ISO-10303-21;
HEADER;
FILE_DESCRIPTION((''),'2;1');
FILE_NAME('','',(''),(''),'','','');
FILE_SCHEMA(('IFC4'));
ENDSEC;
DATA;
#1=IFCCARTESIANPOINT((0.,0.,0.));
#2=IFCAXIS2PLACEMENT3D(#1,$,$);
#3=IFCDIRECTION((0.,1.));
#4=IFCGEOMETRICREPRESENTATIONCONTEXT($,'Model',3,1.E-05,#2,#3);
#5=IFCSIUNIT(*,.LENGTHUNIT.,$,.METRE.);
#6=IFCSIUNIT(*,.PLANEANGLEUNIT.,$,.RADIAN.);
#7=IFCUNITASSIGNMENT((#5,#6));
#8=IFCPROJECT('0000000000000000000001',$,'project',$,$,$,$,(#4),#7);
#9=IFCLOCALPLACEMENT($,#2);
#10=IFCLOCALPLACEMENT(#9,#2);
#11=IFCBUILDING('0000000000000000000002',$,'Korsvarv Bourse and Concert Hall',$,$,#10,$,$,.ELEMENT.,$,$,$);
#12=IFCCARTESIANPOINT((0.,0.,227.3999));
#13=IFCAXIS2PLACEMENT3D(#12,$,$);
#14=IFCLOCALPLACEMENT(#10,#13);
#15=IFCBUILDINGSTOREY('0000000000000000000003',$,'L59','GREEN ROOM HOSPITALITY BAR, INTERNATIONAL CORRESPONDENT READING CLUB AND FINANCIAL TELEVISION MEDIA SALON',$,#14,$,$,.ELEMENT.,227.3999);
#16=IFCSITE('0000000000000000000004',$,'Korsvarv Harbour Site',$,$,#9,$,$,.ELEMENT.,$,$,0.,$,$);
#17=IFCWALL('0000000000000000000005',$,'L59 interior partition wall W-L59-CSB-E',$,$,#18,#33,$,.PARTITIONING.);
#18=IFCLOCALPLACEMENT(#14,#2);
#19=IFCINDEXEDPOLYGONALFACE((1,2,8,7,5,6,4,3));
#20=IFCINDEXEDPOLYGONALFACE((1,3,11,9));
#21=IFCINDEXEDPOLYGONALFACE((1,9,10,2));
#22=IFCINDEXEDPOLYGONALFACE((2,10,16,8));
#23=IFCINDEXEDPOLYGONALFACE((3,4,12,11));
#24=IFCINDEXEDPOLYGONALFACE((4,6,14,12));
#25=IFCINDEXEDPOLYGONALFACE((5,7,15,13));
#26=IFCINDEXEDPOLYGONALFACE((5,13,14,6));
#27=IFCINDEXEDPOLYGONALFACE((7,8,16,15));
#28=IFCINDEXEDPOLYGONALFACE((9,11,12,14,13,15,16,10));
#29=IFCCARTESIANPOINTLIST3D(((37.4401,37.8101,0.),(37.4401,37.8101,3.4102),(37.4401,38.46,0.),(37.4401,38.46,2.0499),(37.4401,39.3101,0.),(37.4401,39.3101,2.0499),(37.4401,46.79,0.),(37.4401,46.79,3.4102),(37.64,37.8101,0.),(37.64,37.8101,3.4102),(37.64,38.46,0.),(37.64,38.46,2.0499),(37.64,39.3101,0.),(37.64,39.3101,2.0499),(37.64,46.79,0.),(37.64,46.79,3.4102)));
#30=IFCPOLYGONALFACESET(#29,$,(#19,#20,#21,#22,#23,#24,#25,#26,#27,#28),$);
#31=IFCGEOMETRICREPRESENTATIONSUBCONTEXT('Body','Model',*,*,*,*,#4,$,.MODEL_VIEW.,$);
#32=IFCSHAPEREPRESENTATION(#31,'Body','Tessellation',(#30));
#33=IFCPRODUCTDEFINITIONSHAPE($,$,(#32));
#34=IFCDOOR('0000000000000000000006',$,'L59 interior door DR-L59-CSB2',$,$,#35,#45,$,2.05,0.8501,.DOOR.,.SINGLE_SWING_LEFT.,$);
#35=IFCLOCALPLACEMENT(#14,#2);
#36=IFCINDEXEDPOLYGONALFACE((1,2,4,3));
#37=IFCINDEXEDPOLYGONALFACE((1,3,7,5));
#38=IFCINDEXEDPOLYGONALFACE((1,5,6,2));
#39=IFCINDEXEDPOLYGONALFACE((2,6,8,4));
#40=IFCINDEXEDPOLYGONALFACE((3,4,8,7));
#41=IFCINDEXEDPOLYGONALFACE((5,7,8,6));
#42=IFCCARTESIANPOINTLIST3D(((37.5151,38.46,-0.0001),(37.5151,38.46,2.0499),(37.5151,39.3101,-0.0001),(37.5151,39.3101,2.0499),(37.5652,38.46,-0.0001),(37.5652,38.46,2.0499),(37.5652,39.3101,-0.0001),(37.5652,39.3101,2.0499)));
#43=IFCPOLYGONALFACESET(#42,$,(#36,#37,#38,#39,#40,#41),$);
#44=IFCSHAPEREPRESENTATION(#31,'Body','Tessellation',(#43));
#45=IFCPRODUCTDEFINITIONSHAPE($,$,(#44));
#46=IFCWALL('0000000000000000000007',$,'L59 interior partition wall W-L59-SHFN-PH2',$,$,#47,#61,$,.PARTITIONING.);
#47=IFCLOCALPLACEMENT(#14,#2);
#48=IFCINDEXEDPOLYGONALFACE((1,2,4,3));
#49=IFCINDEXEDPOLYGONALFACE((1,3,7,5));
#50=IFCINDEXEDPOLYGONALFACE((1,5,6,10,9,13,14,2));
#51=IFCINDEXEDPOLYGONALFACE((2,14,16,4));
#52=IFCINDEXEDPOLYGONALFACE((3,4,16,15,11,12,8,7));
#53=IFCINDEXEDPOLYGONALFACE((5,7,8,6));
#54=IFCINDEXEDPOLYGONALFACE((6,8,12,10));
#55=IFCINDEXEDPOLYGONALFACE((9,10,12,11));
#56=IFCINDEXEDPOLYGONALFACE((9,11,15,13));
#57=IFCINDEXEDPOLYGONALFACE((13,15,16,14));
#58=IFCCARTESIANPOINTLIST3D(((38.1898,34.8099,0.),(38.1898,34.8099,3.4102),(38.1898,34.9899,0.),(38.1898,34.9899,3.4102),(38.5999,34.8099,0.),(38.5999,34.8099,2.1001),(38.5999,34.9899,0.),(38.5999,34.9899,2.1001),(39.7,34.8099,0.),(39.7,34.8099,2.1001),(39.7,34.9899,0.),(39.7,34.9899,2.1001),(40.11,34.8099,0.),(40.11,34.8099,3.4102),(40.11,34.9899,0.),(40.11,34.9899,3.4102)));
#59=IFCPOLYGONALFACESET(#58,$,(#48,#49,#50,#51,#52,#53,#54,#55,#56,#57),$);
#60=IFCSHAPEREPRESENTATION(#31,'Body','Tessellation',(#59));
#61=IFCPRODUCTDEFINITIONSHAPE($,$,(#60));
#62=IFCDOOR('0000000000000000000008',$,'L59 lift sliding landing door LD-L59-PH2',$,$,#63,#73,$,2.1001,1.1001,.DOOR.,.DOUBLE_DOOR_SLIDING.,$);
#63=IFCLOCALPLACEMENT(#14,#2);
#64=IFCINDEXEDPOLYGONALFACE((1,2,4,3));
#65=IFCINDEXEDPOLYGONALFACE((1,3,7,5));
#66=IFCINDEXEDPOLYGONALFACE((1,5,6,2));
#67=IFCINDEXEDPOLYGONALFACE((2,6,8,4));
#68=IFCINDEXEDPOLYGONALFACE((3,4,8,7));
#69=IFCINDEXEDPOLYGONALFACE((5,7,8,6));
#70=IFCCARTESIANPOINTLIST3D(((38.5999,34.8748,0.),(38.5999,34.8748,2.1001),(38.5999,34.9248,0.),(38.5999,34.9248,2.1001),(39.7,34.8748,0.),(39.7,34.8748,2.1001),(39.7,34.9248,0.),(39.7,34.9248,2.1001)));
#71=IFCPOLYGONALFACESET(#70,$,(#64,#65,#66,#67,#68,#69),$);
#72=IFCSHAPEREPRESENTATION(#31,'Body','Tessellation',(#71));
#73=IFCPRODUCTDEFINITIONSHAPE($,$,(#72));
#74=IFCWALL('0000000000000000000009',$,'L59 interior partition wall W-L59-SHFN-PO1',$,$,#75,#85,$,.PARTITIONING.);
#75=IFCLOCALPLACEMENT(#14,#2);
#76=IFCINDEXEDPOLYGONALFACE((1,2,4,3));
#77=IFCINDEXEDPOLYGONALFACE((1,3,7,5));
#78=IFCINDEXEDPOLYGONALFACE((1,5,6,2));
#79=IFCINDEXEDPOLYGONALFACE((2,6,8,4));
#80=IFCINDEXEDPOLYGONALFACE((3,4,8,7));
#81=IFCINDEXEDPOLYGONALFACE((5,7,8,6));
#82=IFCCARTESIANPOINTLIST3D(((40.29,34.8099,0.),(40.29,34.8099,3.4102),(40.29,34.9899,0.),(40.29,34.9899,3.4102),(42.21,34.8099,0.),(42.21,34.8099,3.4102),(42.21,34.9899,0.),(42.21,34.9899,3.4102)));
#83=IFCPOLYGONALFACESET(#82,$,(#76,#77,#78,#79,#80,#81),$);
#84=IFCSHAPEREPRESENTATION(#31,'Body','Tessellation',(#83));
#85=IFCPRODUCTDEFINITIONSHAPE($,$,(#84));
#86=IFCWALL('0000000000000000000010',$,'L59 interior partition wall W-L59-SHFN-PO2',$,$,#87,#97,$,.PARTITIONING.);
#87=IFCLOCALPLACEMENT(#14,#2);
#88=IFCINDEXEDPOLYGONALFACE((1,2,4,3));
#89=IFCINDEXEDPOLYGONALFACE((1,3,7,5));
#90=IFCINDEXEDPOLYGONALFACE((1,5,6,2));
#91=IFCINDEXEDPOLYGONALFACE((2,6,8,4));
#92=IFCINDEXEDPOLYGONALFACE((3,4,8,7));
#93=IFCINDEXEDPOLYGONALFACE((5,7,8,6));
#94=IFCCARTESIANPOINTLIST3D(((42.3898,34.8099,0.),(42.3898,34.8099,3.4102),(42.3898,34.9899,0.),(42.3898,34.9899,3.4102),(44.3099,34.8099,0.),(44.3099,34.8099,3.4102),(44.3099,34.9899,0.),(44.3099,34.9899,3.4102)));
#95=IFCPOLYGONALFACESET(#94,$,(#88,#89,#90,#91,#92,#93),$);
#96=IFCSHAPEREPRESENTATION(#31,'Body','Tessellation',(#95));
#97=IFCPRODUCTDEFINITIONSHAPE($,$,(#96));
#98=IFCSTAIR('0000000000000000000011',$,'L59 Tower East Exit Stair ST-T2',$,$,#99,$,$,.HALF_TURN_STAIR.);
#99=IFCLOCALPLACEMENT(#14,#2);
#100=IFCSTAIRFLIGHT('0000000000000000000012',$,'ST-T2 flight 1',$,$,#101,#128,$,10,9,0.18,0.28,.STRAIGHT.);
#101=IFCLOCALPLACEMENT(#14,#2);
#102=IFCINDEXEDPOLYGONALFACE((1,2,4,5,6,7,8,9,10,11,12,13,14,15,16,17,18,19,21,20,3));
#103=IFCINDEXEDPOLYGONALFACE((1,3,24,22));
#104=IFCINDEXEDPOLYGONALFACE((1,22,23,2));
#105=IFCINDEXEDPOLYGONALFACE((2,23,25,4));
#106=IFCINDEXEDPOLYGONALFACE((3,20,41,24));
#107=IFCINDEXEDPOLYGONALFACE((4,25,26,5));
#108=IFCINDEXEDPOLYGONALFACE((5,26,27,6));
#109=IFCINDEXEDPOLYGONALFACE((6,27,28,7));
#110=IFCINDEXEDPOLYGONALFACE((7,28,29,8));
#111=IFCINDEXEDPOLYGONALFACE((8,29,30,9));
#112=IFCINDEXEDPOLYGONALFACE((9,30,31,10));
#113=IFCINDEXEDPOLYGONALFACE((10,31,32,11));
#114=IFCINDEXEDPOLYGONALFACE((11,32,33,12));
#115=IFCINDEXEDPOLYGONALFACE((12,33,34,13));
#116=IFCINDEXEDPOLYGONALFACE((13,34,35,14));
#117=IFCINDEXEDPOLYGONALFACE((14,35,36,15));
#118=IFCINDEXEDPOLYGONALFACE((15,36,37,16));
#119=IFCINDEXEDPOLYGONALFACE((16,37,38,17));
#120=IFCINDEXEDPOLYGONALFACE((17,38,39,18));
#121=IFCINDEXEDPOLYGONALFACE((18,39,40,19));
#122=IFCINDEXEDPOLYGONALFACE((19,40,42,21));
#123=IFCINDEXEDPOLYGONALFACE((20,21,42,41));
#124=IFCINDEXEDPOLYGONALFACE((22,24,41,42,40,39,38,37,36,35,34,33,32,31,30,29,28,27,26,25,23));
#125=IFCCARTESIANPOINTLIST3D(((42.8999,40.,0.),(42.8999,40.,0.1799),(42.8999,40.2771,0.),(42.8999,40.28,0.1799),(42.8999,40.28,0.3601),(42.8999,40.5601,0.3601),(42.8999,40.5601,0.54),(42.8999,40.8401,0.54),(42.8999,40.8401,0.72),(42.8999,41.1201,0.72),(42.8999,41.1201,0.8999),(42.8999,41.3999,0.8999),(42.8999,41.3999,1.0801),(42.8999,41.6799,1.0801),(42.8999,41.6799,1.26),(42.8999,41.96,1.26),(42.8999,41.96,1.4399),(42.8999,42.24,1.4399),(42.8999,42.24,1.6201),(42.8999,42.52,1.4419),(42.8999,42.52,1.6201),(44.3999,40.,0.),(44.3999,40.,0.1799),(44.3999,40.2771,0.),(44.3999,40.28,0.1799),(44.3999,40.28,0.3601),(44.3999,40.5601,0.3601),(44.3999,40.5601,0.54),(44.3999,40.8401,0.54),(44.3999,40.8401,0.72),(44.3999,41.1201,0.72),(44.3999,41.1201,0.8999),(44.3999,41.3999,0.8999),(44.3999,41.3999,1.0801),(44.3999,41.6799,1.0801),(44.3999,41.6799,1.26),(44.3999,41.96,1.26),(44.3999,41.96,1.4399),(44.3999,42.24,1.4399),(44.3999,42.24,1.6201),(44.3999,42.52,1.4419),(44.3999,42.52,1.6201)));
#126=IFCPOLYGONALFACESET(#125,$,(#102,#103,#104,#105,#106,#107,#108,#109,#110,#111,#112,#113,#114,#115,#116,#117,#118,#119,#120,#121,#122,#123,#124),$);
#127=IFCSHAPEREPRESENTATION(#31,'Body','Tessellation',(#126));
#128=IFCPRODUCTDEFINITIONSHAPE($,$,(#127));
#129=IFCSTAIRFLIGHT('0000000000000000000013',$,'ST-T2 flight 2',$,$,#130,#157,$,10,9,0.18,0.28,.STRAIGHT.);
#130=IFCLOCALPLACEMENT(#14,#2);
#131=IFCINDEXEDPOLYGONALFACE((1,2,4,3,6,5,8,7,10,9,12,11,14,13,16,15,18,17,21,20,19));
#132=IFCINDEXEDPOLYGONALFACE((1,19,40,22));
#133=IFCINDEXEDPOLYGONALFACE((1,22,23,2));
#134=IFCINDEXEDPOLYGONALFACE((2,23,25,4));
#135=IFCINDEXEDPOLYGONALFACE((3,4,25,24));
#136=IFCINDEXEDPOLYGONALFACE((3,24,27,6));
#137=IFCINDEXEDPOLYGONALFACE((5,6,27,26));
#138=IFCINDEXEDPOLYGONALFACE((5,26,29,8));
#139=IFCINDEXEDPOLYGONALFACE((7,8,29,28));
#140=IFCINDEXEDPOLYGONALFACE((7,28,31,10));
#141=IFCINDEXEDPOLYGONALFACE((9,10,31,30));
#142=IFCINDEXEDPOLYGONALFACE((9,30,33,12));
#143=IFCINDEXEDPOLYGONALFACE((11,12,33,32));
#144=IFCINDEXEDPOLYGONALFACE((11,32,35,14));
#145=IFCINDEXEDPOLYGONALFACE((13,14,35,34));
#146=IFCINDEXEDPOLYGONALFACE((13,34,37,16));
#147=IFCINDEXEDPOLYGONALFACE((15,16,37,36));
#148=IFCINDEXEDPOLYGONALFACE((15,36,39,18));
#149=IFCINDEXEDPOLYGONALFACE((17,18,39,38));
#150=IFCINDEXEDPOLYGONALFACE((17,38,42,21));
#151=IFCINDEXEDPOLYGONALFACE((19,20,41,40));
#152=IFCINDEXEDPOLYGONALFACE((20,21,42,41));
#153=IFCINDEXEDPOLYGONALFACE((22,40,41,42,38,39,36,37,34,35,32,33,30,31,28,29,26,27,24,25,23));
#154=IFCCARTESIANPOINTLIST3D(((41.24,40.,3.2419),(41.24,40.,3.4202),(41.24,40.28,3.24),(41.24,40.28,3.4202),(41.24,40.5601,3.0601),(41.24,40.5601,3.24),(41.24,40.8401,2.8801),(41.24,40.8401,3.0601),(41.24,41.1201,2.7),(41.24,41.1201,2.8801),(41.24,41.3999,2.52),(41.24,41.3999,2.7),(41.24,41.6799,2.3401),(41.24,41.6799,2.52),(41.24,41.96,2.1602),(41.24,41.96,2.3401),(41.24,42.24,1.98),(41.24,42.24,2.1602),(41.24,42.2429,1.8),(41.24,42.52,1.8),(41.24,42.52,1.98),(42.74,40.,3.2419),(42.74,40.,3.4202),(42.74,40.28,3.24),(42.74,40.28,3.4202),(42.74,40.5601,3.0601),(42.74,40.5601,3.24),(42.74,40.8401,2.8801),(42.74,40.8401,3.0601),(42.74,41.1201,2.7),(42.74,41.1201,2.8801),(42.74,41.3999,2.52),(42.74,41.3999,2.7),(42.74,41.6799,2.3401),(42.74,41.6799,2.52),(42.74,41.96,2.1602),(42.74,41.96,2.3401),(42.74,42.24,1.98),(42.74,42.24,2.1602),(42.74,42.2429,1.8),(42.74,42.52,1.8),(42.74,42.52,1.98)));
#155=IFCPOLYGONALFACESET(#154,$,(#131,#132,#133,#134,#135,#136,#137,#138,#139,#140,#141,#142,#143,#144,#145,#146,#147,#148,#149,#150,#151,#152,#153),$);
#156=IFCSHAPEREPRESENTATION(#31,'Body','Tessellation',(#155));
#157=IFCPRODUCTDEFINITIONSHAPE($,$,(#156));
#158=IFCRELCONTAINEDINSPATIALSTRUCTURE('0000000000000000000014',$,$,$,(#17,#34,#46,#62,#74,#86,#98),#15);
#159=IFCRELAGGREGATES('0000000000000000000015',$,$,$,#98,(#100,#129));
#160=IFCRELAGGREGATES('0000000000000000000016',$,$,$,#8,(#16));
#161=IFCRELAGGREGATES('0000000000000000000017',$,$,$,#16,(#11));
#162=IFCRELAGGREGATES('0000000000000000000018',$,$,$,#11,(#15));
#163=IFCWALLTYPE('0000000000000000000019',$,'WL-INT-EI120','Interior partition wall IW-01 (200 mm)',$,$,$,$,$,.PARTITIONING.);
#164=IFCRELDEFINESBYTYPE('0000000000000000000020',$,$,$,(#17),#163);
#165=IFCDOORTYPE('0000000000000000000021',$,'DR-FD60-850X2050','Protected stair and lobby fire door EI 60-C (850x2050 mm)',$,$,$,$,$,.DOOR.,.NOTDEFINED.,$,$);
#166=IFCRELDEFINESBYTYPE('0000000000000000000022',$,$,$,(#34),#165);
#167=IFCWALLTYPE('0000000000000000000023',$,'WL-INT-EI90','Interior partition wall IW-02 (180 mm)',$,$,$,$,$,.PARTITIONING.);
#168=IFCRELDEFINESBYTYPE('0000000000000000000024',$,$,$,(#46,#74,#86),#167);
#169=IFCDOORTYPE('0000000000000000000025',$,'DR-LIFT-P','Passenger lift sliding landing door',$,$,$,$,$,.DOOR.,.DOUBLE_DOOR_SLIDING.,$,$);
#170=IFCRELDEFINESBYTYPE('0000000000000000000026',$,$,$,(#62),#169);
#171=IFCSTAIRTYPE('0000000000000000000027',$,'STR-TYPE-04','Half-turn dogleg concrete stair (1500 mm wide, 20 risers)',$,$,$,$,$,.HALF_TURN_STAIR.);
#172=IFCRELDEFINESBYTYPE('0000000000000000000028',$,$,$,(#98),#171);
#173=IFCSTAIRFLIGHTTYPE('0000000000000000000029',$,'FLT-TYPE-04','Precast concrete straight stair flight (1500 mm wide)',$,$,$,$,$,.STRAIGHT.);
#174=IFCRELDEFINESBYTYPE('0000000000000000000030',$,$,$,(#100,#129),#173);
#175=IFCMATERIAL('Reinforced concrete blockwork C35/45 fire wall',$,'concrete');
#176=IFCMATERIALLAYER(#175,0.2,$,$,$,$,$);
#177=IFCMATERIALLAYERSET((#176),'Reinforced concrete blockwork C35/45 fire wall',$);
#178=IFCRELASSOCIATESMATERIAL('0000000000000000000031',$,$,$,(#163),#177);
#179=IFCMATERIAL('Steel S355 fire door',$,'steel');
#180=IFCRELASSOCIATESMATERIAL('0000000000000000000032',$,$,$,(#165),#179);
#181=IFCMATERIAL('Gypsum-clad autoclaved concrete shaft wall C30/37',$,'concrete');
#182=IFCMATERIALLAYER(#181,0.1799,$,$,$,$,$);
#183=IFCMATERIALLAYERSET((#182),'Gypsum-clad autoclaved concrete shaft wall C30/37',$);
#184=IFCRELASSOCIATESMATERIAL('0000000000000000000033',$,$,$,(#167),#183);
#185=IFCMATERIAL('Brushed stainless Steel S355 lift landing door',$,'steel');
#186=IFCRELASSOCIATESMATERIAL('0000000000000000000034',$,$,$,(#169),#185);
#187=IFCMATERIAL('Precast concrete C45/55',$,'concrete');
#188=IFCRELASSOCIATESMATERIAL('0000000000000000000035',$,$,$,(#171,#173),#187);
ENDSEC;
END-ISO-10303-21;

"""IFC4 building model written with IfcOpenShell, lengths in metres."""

from ifc_helpers import new_model, si_unit, direction, frame, frame_2d, origin, place, context, subcontext, project, spatial, polyline, rectangle, outline, extrude, material, layer, layer_set, type_object, element, fill, aggregate, save


model = new_model("IFC4")

# Units and contexts
model_context = context("Model", 3, precision=1e-05, world=origin(), true_north=direction((0.0, 1.0)))
body_context = subcontext(model_context, "Body", "Model", "MODEL_VIEW")
ifc_project = project(units=[si_unit("LENGTHUNIT", "METRE"), si_unit("PLANEANGLEUNIT", "RADIAN")], contexts=[model_context])

# Site, building, storey
site_placement = place(None, origin())
site = spatial("IfcSite", under=ifc_project, at=site_placement, Name="Korsvarv Harbour Site", CompositionType="ELEMENT", RefElevation=0.0)
building_placement = place(site_placement, origin())
building = spatial("IfcBuilding", under=site, at=building_placement, Name="Korsvarv Bourse and Concert Hall", CompositionType="ELEMENT")
storey_placement = place(building_placement, frame((0.0, 0.0, 227.3999)))
storey = spatial("IfcBuildingStorey", under=building, at=storey_placement, Name="L59", Description="GREEN ROOM HOSPITALITY BAR, INTERNATIONAL CORRESPONDENT READING CLUB AND FINANCIAL TELEVISION MEDIA SALON", CompositionType="ELEMENT", Elevation=227.3999)

# Shared definitions
ifc_material_1 = material(Name="Steel S355 fire door", Category="steel")

# Walls, openings, doors
ifc_material_2 = material(Name="Reinforced concrete blockwork C35/45 fire wall", Category="concrete")
ifc_layer_1 = layer(ifc_material_2, 0.2)
ifc_layer_set_1 = layer_set([ifc_layer_1], Name="Reinforced concrete blockwork C35/45 fire wall")
wall_type_1 = type_object("IfcWallType", Name="WL-INT-EI120", Description="Interior partition wall IW-01 (200 mm)", PredefinedType="PARTITIONING", material=ifc_layer_set_1)
wall_1_placement = place(storey_placement, frame((37.54, 37.8101, 0.0), z_axis=(0.0, 0.0, 1.0), x_axis=(0.0, 1.0, 0.0)))
wall_1 = element("IfcWall", 1, at=wall_1_placement, inside=storey, type_object=wall_type_1, Name="L59 interior partition wall W-L59-CSB-E", PredefinedType="PARTITIONING", context=body_context, shape_type="SweptSolid", body=[
    extrude(rectangle(XDim=8.98, YDim=0.2, at=frame_2d((4.49, 0.0))), origin(), (0.0, 0.0, 1.0), 3.4102),
])
opening_1_placement = place(wall_1_placement, frame((0.6499, 0.0, 0.0)))
opening_1 = element("IfcOpeningElement", 2, at=opening_1_placement, cuts=wall_1, PredefinedType="OPENING", context=body_context, shape_type="SweptSolid", body=[
    extrude(rectangle(XDim=0.8501, YDim=2.05, at=frame_2d((0.425, 1.0249))), frame((0.0, 0.1099, 0.0), z_axis=(0.0, -1.0, 0.0), x_axis=(1.0, 0.0, 0.0)), (0.0, 0.0, 1.0), 0.22),
])
door_type_1 = type_object("IfcDoorType", Name="DR-FD60-850X2050", Description="Protected stair and lobby fire door EI 60-C (850x2050 mm)", OperationType="NOTDEFINED", PredefinedType="DOOR", material=ifc_material_1)
door_1_placement = place(opening_1_placement, origin())
door_1 = element("IfcDoor", 3, at=door_1_placement, inside=storey, type_object=door_type_1, Name="L59 interior door DR-L59-CSB2", OperationType="SINGLE_SWING_LEFT", OverallHeight=2.05, OverallWidth=0.8501, PredefinedType="DOOR", context=body_context, shape_type="SweptSolid", body=[
    extrude(rectangle(XDim=0.8501, YDim=2.05, at=frame_2d((0.425, 1.0249))), frame((0.0, 0.0249, 0.0), z_axis=(0.0, -1.0, 0.0), x_axis=(1.0, 0.0, 0.0)), (0.0, 0.0, 1.0), 0.05),
])
fill(opening_1, door_1)
ifc_material_3 = material(Name="Gypsum-clad autoclaved concrete shaft wall C30/37", Category="concrete")
ifc_layer_2 = layer(ifc_material_3, 0.1799)
ifc_layer_set_2 = layer_set([ifc_layer_2], Name="Gypsum-clad autoclaved concrete shaft wall C30/37")
wall_type_2 = type_object("IfcWallType", Name="WL-INT-EI90", Description="Interior partition wall IW-02 (180 mm)", PredefinedType="PARTITIONING", material=ifc_layer_set_2)
wall_2_placement = place(storey_placement, frame((38.1899, 34.8999, 0.0), z_axis=(0.0, 0.0, 1.0), x_axis=(1.0, 0.0, 0.0)))
wall_2 = element("IfcWall", 4, at=wall_2_placement, inside=storey, type_object=wall_type_2, Name="L59 interior partition wall W-L59-SHFN-PH2", PredefinedType="PARTITIONING", context=body_context, shape_type="SweptSolid", body=[
    extrude(rectangle(XDim=1.9202, YDim=0.1799, at=frame_2d((0.96, 0.0))), origin(), (0.0, 0.0, 1.0), 3.4102),
])
opening_2_placement = place(wall_2_placement, frame((0.4099, 0.0, 0.0)))
opening_2 = element("IfcOpeningElement", 5, at=opening_2_placement, cuts=wall_2, PredefinedType="OPENING", context=body_context, shape_type="SweptSolid", body=[
    extrude(rectangle(XDim=1.1001, YDim=2.1001, at=frame_2d((0.55, 1.05))), frame((0.0, 0.1001, 0.0), z_axis=(0.0, -1.0, 0.0), x_axis=(1.0, 0.0, 0.0)), (0.0, 0.0, 1.0), 0.2),
])
ifc_material_4 = material(Name="Brushed stainless Steel S355 lift landing door", Category="steel")
door_type_2 = type_object("IfcDoorType", Name="DR-LIFT-P", Description="Passenger lift sliding landing door", OperationType="DOUBLE_DOOR_SLIDING", PredefinedType="DOOR", material=ifc_material_4)
door_2_placement = place(opening_2_placement, origin())
door_2 = element("IfcDoor", 6, at=door_2_placement, inside=storey, type_object=door_type_2, Name="L59 lift sliding landing door LD-L59-PH2", OperationType="DOUBLE_DOOR_SLIDING", OverallHeight=2.1001, OverallWidth=1.1001, PredefinedType="DOOR", context=body_context, shape_type="SweptSolid", body=[
    extrude(rectangle(XDim=1.1001, YDim=2.1001, at=frame_2d((0.55, 1.05))), frame((0.0, 0.0249, 0.0), z_axis=(0.0, -1.0, 0.0), x_axis=(1.0, 0.0, 0.0)), (0.0, 0.0, 1.0), 0.05),
])
fill(opening_2, door_2)

# Walls
wall_3_placement = place(storey_placement, frame((40.29, 34.8999, 0.0), z_axis=(0.0, 0.0, 1.0), x_axis=(1.0, 0.0, 0.0)))
element("IfcWall", 7, at=wall_3_placement, inside=storey, type_object=wall_type_2, Name="L59 interior partition wall W-L59-SHFN-PO1", PredefinedType="PARTITIONING", context=body_context, shape_type="SweptSolid", body=[
    extrude(rectangle(XDim=1.9199, YDim=0.1799, at=frame_2d((0.96, 0.0))), origin(), (0.0, 0.0, 1.0), 3.4102),
])
wall_4_placement = place(storey_placement, frame((42.3899, 34.8999, 0.0), z_axis=(0.0, 0.0, 1.0), x_axis=(1.0, 0.0, 0.0)))
element("IfcWall", 8, at=wall_4_placement, inside=storey, type_object=wall_type_2, Name="L59 interior partition wall W-L59-SHFN-PO2", PredefinedType="PARTITIONING", context=body_context, shape_type="SweptSolid", body=[
    extrude(rectangle(XDim=1.9202, YDim=0.1799, at=frame_2d((0.96, 0.0))), origin(), (0.0, 0.0, 1.0), 3.4102),
])

# Stair, stair flights
ifc_material_5 = material(Name="Precast concrete C45/55", Category="concrete")
stair_type = type_object("IfcStairType", Name="STR-TYPE-04", Description="Half-turn dogleg concrete stair (1500 mm wide, 20 risers)", PredefinedType="HALF_TURN_STAIR", material=ifc_material_5)
stair_placement = place(storey_placement, origin())
stair = element("IfcStair", 9, at=stair_placement, inside=storey, type_object=stair_type, Name="L59 Tower East Exit Stair ST-T2", PredefinedType="HALF_TURN_STAIR")
stair_flight_type = type_object("IfcStairFlightType", Name="FLT-TYPE-04", Description="Precast concrete straight stair flight (1500 mm wide)", PredefinedType="STRAIGHT", material=ifc_material_5)
stair_flight_1_placement = place(storey_placement, frame((43.6499, 40.0, 0.0), z_axis=(0.0, 0.0, 1.0), x_axis=(0.0, 1.0, 0.0)))
stair_flight_1 = element("IfcStairFlight", 10, at=stair_flight_1_placement, type_object=stair_flight_type, Name="ST-T2 flight 1", NumberOfRisers=10, NumberOfTreads=9, PredefinedType="STRAIGHT", RiserHeight=0.18, TreadLength=0.28, context=body_context, shape_type="SweptSolid", body=[
    extrude(outline(polyline([(0.0, 0.0), (0.0, 0.1799), (0.28, 0.1799), (0.28, 0.3601), (0.5601, 0.3601), (0.5601, 0.54), (0.8401, 0.54), (0.8401, 0.72), (1.1201, 0.72), (1.1201, 0.8999), (1.3999, 0.8999), (1.3999, 1.0801), (1.6799, 1.0801), (1.6799, 1.26), (1.96, 1.26), (1.96, 1.4399), (2.24, 1.4399), (2.24, 1.6201), (2.52, 1.6201), (2.52, 1.8), (2.52, 1.4419), (0.2771, 0.0), (0.0, 0.0)])), frame((0.0, 0.75, 0.0), z_axis=(0.0, -1.0, 0.0), x_axis=(1.0, 0.0, 0.0)), (0.0, 0.0, 1.0), 1.5),
])
stair_flight_2_placement = place(storey_placement, frame((41.99, 42.52, 1.8), z_axis=(0.0, 0.0, 1.0), x_axis=(0.0, -1.0, 0.0)))
stair_flight_2 = element("IfcStairFlight", 11, at=stair_flight_2_placement, type_object=stair_flight_type, Name="ST-T2 flight 2", NumberOfRisers=10, NumberOfTreads=9, PredefinedType="STRAIGHT", RiserHeight=0.18, TreadLength=0.28, context=body_context, shape_type="SweptSolid", body=[
    extrude(outline(polyline([(0.0, 0.0), (0.0, 0.1799), (0.28, 0.1799), (0.28, 0.3601), (0.5601, 0.3601), (0.5601, 0.54), (0.8401, 0.54), (0.8401, 0.72), (1.1201, 0.72), (1.1201, 0.8999), (1.3999, 0.8999), (1.3999, 1.0801), (1.6799, 1.0801), (1.6799, 1.26), (1.96, 1.26), (1.96, 1.4399), (2.24, 1.4399), (2.24, 1.6201), (2.52, 1.6201), (2.52, 1.8), (2.52, 1.4419), (0.2771, 0.0), (0.0, 0.0)])), frame((0.0, 0.75, 0.0), z_axis=(0.0, -1.0, 0.0), x_axis=(1.0, 0.0, 0.0)), (0.0, 0.0, 1.0), 1.5),
])
aggregate(stair, [stair_flight_1, stair_flight_2])

save(model, "model.ifc")
